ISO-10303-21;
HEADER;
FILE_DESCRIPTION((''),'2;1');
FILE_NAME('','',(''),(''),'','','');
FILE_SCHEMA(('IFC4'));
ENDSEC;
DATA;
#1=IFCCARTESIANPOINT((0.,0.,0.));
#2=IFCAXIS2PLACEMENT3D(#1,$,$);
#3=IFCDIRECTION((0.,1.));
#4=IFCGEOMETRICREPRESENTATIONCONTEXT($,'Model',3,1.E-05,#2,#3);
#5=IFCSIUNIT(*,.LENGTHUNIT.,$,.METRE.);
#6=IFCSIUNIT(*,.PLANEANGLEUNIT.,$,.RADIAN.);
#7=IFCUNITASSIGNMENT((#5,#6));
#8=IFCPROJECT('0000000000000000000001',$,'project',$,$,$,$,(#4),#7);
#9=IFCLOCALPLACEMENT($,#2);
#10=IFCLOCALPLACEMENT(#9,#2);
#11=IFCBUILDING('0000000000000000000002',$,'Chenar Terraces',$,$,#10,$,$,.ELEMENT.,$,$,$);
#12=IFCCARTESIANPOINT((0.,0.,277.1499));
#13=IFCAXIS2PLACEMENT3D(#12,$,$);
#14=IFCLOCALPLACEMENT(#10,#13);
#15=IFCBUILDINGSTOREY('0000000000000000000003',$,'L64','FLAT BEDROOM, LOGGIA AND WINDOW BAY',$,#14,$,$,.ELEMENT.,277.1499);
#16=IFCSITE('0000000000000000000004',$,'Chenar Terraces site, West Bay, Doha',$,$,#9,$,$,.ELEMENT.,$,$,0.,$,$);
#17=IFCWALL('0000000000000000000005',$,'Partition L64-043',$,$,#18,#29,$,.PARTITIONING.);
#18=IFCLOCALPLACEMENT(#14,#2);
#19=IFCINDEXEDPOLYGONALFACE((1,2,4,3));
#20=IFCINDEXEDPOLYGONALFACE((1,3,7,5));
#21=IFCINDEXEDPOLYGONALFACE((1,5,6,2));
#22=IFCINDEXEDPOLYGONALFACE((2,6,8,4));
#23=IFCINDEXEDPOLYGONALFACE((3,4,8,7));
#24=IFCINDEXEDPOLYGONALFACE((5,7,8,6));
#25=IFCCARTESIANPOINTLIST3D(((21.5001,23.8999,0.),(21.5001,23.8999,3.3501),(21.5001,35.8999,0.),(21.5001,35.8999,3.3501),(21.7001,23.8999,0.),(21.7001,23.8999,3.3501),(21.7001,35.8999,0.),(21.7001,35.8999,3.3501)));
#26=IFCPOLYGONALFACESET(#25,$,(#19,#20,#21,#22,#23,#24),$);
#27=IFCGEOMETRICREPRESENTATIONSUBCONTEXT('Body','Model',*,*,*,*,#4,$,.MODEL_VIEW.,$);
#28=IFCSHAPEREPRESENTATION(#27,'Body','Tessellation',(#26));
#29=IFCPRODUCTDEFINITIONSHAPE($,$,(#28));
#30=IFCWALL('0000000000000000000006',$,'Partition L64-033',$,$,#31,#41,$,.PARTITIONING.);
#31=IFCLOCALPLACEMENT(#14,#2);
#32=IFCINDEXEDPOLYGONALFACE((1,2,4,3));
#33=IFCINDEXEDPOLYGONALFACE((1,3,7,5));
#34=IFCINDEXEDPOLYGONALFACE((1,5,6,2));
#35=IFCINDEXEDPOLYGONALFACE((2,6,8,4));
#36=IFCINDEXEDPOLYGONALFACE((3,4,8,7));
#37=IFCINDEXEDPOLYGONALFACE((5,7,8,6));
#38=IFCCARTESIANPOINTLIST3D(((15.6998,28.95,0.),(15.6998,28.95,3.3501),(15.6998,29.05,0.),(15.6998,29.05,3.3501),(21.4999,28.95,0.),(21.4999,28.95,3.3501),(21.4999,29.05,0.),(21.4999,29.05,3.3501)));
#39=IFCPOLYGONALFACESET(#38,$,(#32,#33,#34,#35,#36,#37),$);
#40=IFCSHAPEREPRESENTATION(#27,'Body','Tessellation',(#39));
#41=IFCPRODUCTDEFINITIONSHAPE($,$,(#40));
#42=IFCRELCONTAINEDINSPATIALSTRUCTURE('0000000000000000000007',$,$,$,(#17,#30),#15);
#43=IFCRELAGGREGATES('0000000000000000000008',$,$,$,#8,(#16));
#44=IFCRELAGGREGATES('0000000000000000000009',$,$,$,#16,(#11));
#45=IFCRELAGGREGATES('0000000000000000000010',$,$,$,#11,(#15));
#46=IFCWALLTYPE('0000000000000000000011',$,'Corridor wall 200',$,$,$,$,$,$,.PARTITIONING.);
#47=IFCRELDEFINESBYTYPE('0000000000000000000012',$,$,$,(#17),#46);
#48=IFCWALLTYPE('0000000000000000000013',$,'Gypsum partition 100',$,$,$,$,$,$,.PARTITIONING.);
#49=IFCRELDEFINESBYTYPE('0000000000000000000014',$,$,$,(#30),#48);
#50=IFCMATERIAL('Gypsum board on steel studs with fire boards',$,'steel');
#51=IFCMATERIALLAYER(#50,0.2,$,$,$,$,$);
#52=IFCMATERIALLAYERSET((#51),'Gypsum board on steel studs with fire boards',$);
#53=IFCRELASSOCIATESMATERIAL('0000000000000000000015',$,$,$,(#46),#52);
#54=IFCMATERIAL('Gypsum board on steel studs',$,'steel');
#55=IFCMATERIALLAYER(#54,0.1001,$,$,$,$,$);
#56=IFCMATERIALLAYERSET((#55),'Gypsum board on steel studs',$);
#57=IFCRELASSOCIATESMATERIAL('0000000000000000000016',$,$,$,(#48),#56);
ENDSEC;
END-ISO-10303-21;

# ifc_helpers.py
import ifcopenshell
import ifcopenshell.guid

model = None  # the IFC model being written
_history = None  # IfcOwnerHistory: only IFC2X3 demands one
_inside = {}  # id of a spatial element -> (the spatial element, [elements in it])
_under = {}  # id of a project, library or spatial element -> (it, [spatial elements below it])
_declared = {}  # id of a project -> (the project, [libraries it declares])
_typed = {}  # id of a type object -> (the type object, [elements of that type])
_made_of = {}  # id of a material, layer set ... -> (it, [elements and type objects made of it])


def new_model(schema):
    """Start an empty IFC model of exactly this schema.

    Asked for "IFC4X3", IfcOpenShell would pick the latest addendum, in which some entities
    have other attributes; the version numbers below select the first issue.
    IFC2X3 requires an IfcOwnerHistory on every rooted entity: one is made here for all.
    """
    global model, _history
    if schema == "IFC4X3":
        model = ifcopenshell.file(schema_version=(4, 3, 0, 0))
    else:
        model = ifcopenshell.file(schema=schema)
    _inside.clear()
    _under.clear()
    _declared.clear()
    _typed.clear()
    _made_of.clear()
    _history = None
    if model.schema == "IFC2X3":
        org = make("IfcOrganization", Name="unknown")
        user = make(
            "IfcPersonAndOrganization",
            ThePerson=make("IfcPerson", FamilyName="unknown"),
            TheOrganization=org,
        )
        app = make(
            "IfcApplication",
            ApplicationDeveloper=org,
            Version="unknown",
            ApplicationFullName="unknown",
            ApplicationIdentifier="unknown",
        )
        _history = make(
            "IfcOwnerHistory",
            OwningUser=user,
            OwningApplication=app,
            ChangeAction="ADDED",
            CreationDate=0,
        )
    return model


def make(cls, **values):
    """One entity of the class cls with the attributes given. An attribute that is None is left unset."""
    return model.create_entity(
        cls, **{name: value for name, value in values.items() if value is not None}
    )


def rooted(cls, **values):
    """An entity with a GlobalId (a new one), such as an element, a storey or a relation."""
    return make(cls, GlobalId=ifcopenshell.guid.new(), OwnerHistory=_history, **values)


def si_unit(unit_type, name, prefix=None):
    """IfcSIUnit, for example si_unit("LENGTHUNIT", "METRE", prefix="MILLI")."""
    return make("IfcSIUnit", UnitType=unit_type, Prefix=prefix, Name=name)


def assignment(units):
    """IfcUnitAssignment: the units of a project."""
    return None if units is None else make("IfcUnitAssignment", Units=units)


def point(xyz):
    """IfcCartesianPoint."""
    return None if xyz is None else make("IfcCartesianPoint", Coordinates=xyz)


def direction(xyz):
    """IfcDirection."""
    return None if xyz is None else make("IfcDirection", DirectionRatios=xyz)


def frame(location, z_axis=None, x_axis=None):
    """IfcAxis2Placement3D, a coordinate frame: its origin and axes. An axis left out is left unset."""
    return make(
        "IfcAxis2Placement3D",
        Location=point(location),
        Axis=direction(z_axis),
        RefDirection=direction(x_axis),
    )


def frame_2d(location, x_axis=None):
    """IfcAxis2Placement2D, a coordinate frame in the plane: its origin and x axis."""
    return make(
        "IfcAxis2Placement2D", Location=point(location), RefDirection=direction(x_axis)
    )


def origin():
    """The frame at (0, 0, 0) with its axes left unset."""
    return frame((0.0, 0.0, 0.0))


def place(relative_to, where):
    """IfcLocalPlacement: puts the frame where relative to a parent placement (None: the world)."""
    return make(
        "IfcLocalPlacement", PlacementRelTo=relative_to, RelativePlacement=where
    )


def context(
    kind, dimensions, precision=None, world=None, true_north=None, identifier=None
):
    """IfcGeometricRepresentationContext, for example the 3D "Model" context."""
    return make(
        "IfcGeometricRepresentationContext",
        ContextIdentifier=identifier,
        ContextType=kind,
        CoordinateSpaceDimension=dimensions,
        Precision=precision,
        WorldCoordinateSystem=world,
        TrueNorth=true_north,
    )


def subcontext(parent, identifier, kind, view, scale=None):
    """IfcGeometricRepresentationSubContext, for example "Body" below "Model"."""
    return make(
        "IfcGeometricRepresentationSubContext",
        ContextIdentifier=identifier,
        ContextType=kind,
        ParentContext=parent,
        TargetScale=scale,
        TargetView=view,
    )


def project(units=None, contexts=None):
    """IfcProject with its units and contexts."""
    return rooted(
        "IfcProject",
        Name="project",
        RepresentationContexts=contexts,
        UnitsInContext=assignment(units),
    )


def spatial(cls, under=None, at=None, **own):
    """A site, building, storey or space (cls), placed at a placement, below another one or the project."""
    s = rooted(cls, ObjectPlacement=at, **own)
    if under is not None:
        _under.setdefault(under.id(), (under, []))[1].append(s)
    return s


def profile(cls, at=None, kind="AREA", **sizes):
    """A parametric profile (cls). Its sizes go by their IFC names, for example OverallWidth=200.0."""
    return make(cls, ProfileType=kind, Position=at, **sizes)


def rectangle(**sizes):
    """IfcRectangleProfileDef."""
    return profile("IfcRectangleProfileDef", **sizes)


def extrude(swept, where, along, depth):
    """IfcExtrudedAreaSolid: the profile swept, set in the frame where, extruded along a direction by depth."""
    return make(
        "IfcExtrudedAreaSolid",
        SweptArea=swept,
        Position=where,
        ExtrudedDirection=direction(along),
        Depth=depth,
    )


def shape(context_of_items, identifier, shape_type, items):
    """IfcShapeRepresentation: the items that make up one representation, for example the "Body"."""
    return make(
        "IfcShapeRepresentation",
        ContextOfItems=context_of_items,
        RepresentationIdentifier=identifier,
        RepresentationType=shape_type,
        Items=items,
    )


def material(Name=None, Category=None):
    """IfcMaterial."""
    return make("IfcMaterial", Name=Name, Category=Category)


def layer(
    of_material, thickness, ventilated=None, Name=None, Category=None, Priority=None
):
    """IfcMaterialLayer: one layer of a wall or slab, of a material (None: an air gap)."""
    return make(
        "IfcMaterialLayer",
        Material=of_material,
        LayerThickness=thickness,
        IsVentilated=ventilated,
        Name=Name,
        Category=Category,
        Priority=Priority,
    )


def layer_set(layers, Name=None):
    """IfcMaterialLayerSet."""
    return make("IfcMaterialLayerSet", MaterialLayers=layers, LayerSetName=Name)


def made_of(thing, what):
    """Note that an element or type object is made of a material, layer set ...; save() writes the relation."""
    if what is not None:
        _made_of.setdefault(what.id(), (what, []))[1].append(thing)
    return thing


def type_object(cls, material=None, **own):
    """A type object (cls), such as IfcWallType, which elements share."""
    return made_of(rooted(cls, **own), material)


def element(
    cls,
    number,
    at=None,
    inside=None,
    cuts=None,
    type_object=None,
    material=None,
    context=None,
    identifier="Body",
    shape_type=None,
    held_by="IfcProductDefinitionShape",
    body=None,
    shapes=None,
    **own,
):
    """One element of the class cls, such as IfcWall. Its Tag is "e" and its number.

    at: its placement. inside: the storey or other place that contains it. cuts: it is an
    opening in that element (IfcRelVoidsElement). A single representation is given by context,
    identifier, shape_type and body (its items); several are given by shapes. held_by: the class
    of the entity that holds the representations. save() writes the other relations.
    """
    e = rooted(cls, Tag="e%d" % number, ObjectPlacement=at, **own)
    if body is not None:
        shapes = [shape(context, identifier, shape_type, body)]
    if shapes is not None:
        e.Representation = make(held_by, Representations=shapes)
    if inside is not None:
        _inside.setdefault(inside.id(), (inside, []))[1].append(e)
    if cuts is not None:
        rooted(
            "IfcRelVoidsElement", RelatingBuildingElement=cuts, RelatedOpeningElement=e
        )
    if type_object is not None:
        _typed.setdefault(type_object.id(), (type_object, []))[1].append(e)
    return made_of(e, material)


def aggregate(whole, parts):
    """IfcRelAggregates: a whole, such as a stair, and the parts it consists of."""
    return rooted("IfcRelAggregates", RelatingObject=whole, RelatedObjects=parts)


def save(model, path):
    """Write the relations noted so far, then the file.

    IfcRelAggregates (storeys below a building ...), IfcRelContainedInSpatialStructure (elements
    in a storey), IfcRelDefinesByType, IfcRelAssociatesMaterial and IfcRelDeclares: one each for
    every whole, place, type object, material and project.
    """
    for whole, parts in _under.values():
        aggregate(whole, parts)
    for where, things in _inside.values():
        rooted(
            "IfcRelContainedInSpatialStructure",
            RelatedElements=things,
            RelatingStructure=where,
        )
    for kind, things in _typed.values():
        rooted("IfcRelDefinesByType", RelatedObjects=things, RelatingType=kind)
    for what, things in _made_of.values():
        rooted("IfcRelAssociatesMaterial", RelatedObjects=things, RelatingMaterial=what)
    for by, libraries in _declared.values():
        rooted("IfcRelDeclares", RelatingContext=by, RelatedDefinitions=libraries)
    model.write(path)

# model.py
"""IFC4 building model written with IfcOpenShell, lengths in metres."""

from ifc_helpers import new_model, si_unit, direction, frame, frame_2d, origin, place, context, subcontext, project, spatial, rectangle, extrude, material, layer, layer_set, type_object, element, save


model = new_model("IFC4")

# Units and contexts
model_context = context("Model", 3, precision=1e-05, world=origin(), true_north=direction((0.0, 1.0)))
body_context = subcontext(model_context, "Body", "Model", "MODEL_VIEW")
ifc_project = project(units=[si_unit("LENGTHUNIT", "METRE"), si_unit("PLANEANGLEUNIT", "RADIAN")], contexts=[model_context])

# Site, building, storey
site_placement = place(None, origin())
site = spatial("IfcSite", under=ifc_project, at=site_placement, Name="Chenar Terraces site, West Bay, Doha", CompositionType="ELEMENT", RefElevation=0.0)
building_placement = place(site_placement, origin())
building = spatial("IfcBuilding", under=site, at=building_placement, Name="Chenar Terraces", CompositionType="ELEMENT")
storey_placement = place(building_placement, frame((0.0, 0.0, 277.1499)))
storey = spatial("IfcBuildingStorey", under=building, at=storey_placement, Name="L64", Description="FLAT BEDROOM, LOGGIA AND WINDOW BAY", CompositionType="ELEMENT", Elevation=277.1499)

# Shared definitions
ifc_material_1 = material(Name="Gypsum board on steel studs with fire boards", Category="steel")
ifc_layer_1 = layer(ifc_material_1, 0.2)
ifc_layer_set_1 = layer_set([ifc_layer_1], Name="Gypsum board on steel studs with fire boards")
wall_type_1 = type_object("IfcWallType", Name="Corridor wall 200", PredefinedType="PARTITIONING", material=ifc_layer_set_1)

# Walls
wall_1_placement = place(storey_placement, frame((21.6001, 23.8999, 0.0), z_axis=(0.0, 0.0, 1.0), x_axis=(0.0, 1.0, 0.0)))
element("IfcWall", 1, at=wall_1_placement, inside=storey, type_object=wall_type_1, Name="Partition L64-043", PredefinedType="PARTITIONING", context=body_context, shape_type="SweptSolid", body=[
    extrude(rectangle(XDim=12.0, YDim=0.2, at=frame_2d((6.0, 0.0))), origin(), (0.0, 0.0, 1.0), 3.3501),
])
ifc_material_2 = material(Name="Gypsum board on steel studs", Category="steel")
ifc_layer_2 = layer(ifc_material_2, 0.1001)
ifc_layer_set_2 = layer_set([ifc_layer_2], Name="Gypsum board on steel studs")
wall_type_2 = type_object("IfcWallType", Name="Gypsum partition 100", PredefinedType="PARTITIONING", material=ifc_layer_set_2)
wall_2_placement = place(storey_placement, frame((15.7, 29.0, 0.0), z_axis=(0.0, 0.0, 1.0), x_axis=(1.0, 0.0, 0.0)))
element("IfcWall", 2, at=wall_2_placement, inside=storey, type_object=wall_type_2, Name="Partition L64-033", PredefinedType="PARTITIONING", context=body_context, shape_type="SweptSolid", body=[
    extrude(rectangle(XDim=5.8, YDim=0.1001, at=frame_2d((2.8999, 0.0))), origin(), (0.0, 0.0, 1.0), 3.3501),
])

save(model, "model.ifc")
